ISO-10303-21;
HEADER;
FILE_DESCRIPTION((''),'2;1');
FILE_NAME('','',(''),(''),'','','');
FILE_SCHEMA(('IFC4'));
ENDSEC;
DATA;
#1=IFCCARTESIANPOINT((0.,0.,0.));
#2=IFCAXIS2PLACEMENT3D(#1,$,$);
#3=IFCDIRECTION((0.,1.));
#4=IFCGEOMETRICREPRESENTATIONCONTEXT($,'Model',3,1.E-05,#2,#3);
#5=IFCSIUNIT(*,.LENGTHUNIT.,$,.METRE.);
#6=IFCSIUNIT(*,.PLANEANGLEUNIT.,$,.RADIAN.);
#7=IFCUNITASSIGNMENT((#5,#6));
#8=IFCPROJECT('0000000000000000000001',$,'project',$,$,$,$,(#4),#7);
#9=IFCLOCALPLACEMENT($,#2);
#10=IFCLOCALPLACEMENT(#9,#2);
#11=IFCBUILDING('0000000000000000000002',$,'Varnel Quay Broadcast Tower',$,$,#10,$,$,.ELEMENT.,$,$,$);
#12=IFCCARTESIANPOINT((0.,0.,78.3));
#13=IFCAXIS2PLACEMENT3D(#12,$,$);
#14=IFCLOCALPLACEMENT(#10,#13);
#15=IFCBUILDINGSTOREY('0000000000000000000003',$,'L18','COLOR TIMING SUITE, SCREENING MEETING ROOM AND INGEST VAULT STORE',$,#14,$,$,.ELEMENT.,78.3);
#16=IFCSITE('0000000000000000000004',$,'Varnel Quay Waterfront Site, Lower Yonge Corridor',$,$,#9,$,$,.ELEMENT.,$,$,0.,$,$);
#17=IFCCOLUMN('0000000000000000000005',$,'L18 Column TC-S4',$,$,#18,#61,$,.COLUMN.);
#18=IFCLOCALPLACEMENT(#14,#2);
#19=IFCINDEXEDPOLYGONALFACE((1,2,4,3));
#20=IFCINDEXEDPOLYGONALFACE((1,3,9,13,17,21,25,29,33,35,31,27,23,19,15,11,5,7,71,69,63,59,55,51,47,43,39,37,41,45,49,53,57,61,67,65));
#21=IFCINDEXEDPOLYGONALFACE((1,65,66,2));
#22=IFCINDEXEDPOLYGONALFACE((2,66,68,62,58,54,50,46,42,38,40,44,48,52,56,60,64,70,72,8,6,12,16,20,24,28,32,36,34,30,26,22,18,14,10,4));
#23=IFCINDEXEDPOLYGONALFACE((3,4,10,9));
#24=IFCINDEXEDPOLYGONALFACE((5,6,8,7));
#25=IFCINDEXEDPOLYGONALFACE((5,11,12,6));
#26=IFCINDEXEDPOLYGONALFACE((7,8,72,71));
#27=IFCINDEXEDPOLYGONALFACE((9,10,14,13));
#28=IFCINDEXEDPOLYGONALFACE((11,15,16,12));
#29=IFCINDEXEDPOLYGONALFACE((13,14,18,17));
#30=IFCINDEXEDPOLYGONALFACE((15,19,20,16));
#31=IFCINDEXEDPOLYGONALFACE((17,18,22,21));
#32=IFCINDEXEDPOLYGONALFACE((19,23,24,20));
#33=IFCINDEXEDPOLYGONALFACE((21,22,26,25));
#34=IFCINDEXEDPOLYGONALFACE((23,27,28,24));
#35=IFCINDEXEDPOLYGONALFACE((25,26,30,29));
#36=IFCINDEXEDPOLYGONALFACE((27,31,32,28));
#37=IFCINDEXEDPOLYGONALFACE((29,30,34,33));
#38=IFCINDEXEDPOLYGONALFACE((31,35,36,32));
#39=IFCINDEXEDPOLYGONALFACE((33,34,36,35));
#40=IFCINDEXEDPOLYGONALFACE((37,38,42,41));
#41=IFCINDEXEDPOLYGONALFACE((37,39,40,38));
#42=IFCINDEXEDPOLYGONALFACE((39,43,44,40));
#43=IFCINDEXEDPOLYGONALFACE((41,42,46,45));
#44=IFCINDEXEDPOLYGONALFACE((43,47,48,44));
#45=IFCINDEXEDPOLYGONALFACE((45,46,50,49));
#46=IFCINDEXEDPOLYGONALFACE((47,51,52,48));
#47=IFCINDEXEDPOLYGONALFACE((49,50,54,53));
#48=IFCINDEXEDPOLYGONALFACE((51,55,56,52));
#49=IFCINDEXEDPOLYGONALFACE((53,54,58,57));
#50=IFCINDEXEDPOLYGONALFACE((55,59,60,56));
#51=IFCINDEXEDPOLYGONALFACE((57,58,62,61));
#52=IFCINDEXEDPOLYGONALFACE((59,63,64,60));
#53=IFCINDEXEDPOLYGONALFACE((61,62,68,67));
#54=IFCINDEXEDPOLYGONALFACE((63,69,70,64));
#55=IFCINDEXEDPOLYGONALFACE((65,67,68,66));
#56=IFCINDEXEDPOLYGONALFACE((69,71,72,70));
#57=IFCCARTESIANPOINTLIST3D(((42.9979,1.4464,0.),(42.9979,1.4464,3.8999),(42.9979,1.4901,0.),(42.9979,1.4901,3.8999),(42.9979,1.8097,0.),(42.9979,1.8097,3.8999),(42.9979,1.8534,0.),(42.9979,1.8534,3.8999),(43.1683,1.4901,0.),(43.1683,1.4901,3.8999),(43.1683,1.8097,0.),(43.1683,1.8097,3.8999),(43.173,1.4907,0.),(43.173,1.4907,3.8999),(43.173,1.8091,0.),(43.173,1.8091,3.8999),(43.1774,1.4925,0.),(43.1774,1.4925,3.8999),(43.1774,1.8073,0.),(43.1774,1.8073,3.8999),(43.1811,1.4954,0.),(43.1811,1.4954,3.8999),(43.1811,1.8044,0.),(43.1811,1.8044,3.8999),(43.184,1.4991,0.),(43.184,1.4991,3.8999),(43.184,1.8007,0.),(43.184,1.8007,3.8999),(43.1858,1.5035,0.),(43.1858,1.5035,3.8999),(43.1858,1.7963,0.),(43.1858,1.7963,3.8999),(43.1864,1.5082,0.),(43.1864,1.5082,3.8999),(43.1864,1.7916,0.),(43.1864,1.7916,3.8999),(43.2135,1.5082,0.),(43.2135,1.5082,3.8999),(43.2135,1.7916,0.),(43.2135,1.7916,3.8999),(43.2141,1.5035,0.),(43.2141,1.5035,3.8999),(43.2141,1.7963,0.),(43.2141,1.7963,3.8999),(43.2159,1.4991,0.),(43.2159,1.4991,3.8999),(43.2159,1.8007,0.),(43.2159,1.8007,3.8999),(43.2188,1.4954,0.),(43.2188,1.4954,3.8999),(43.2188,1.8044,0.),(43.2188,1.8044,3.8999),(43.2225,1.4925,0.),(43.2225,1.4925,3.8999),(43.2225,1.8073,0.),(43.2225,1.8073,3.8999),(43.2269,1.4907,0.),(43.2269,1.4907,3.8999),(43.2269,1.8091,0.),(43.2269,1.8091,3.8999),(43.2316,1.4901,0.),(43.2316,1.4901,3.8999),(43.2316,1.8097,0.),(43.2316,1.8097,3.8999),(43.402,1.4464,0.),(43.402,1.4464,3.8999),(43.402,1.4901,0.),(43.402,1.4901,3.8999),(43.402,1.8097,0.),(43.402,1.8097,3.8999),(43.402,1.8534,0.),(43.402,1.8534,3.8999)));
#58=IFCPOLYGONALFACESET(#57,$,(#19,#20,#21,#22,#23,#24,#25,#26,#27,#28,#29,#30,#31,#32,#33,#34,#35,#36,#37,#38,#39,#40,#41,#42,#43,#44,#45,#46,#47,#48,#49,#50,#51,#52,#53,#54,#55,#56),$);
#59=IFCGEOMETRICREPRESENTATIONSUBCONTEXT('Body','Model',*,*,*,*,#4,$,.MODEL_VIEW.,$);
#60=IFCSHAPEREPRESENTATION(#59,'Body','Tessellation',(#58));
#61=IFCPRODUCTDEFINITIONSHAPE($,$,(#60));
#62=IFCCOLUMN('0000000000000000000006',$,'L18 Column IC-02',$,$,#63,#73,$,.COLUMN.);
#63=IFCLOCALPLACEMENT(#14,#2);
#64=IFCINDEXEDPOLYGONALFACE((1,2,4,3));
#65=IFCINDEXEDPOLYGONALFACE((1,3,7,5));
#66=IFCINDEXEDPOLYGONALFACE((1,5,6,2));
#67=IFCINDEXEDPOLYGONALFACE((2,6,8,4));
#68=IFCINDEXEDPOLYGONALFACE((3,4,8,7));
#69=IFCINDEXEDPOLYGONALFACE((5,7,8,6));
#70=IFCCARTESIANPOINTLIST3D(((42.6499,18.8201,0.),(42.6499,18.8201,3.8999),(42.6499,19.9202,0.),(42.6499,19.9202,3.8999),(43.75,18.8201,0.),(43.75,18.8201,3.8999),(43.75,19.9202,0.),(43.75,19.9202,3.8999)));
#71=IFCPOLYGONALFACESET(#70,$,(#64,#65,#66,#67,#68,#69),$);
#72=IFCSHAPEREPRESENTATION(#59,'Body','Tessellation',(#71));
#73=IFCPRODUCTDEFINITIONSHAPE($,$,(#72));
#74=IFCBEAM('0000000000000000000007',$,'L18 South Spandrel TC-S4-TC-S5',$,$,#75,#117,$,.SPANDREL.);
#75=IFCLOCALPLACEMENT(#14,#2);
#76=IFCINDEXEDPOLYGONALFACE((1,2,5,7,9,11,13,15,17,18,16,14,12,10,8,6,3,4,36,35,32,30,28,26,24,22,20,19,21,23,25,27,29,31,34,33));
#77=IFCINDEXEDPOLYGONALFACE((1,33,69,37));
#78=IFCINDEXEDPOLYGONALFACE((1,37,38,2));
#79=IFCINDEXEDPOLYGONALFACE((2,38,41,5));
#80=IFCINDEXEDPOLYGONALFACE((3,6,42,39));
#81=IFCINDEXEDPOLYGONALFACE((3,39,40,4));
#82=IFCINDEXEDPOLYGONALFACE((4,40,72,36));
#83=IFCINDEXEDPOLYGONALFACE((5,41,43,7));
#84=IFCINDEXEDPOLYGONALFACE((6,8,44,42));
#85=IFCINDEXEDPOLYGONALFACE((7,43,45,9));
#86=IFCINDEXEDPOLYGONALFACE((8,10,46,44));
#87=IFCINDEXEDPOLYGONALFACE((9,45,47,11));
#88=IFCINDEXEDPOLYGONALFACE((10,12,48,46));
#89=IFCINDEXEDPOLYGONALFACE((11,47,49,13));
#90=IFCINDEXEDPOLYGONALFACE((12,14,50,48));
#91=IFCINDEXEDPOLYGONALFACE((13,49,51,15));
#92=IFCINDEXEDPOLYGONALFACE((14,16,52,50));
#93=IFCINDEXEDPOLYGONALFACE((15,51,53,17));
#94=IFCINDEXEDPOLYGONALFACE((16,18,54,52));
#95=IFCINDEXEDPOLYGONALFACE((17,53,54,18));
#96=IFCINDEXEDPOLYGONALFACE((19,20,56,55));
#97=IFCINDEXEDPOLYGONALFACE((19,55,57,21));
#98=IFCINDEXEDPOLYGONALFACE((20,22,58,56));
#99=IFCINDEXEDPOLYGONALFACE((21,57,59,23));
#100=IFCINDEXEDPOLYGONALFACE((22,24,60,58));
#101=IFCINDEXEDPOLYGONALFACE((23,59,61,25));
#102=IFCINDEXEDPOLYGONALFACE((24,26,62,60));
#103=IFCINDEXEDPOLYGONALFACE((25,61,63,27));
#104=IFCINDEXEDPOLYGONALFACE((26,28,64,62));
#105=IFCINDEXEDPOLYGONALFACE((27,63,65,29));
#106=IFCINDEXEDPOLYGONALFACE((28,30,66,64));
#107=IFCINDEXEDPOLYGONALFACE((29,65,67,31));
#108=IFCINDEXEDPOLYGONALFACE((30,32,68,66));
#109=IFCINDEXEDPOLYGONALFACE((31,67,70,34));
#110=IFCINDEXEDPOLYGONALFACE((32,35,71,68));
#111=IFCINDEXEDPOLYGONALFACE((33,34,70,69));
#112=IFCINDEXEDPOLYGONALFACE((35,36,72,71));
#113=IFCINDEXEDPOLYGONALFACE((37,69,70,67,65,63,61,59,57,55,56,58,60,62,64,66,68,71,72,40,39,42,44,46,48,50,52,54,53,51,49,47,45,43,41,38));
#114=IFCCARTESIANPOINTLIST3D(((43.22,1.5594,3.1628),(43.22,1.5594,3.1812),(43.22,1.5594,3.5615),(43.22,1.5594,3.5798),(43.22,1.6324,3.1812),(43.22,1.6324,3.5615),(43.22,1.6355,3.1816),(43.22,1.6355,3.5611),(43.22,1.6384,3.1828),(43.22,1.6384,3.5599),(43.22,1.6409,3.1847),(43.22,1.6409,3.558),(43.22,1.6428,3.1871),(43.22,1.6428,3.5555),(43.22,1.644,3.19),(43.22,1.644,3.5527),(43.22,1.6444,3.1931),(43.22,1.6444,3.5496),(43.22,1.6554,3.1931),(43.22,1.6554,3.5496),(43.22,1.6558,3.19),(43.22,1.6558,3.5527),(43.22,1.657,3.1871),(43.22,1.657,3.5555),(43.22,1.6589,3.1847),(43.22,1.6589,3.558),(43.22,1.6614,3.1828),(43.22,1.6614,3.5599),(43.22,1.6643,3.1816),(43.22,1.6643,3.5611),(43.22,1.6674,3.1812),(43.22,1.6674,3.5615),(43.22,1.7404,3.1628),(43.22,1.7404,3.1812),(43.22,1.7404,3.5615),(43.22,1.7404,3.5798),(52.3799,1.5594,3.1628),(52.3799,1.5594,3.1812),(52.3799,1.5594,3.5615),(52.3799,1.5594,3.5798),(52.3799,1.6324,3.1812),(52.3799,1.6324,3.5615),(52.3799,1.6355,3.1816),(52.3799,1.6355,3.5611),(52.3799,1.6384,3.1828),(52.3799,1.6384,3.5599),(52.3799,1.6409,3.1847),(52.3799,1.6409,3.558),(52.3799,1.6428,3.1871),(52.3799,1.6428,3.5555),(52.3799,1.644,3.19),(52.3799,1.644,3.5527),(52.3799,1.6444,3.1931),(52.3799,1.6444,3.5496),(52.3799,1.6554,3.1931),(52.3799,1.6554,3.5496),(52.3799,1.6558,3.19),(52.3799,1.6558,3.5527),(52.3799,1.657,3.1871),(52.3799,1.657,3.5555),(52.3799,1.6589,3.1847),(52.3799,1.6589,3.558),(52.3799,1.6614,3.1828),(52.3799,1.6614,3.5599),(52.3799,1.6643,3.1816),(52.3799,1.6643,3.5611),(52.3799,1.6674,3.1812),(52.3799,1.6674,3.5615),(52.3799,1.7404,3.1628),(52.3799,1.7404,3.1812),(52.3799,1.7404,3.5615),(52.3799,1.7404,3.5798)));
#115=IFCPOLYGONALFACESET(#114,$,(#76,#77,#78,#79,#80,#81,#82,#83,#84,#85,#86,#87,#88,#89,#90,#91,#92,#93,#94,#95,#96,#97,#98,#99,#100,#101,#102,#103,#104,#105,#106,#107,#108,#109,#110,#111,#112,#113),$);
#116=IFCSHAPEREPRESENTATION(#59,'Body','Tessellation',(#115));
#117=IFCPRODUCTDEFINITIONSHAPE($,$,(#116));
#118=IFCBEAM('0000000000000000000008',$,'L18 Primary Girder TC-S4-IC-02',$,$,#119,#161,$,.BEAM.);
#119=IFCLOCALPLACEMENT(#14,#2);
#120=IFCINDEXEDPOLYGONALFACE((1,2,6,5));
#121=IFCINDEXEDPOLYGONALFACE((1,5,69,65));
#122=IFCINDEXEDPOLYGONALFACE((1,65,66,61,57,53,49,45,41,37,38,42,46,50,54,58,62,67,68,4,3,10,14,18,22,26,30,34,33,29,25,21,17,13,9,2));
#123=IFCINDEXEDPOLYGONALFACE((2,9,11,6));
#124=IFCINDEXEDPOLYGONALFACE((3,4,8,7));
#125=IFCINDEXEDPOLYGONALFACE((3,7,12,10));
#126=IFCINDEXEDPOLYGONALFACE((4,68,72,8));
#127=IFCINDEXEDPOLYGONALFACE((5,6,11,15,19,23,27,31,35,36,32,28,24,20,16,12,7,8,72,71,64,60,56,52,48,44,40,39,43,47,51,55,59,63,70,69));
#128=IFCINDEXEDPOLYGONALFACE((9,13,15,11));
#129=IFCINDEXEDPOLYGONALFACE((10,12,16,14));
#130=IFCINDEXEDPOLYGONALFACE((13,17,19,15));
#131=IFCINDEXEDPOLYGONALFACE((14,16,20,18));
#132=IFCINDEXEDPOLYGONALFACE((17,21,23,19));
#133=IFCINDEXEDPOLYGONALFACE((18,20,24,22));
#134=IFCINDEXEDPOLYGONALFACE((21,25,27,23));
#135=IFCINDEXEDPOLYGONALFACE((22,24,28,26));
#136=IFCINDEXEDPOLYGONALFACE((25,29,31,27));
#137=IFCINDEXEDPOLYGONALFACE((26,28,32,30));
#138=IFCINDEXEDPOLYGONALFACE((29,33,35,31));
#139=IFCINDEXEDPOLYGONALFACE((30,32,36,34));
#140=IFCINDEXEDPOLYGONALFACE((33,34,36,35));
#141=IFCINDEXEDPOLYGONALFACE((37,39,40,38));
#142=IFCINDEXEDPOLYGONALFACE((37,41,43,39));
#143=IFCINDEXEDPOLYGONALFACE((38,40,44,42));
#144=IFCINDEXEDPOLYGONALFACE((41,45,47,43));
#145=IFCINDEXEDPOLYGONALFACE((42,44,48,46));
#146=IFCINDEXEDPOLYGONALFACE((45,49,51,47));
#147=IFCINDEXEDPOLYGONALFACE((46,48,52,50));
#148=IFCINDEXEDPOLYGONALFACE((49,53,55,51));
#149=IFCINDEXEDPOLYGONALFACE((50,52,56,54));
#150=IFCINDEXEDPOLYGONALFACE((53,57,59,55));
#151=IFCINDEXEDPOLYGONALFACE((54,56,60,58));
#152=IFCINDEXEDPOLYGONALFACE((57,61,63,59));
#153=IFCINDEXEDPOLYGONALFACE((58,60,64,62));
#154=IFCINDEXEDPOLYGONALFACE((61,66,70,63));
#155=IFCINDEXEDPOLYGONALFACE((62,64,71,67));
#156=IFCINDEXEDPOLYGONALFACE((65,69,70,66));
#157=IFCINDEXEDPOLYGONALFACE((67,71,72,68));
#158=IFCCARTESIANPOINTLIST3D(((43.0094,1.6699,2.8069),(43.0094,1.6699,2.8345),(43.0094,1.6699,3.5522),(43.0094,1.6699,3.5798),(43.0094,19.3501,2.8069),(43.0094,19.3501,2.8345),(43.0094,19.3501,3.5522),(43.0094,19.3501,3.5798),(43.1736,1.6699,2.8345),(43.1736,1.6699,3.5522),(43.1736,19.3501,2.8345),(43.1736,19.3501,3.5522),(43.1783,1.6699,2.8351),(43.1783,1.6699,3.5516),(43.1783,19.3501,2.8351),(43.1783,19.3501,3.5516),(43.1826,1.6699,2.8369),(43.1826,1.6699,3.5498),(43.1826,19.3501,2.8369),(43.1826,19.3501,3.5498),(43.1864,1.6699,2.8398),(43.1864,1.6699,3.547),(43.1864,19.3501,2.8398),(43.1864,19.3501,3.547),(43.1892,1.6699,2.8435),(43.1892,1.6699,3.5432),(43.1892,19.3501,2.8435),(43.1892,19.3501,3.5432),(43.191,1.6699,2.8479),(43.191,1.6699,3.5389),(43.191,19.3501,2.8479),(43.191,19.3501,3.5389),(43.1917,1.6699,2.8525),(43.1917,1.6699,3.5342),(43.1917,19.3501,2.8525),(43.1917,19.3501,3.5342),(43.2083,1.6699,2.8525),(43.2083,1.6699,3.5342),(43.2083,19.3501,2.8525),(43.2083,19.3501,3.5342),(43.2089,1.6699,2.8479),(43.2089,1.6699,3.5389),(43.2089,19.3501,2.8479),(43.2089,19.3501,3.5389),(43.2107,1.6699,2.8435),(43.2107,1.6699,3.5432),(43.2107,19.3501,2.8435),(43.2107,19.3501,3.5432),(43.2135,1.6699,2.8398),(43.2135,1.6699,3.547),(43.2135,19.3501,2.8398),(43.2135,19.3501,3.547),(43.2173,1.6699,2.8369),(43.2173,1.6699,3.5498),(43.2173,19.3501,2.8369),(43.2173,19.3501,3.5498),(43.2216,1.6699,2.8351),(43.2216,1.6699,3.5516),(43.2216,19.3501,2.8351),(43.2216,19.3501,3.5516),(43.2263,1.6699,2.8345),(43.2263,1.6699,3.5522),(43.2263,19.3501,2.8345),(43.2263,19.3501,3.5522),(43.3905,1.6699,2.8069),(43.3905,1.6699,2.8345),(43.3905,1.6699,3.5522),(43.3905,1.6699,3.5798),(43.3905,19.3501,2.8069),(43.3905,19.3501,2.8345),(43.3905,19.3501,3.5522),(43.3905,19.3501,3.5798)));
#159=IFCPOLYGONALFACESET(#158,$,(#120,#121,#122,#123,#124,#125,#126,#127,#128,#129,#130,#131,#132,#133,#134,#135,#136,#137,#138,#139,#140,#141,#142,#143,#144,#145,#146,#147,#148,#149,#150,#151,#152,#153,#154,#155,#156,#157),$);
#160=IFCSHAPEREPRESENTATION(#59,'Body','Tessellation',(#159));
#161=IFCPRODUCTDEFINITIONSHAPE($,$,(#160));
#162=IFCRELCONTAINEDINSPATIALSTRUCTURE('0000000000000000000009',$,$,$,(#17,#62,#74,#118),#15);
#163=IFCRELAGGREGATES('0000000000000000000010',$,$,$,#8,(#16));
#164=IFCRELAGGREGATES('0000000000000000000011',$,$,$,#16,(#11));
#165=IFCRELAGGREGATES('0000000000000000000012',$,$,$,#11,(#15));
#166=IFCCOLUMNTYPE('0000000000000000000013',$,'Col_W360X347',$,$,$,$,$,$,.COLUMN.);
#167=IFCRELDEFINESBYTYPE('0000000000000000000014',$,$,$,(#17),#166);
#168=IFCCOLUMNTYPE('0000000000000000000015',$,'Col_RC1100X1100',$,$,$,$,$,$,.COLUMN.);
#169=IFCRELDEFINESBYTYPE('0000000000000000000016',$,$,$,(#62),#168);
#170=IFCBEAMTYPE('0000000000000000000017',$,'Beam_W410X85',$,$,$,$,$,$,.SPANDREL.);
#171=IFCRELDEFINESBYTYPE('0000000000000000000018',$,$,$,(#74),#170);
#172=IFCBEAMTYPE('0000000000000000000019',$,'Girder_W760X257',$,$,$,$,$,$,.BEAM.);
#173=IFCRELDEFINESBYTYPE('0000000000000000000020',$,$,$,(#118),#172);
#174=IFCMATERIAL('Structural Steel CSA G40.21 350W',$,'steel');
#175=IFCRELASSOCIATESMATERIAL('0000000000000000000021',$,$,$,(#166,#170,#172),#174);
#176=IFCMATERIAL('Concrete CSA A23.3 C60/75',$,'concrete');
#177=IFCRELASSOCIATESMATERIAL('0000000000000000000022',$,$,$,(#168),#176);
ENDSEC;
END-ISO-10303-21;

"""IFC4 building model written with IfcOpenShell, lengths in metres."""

from ifc_helpers import new_model, si_unit, direction, frame, origin, origin_2d, place, context, subcontext, project, spatial, rectangle, i_section, extrude, source, transform, mapped, material, material_profile, profile_set, type_object, type_shapes, element, save


model = new_model("IFC4")

# Units and contexts
model_context = context("Model", 3, precision=1e-05, world=origin(), true_north=direction((0.0, 1.0)))
body_context = subcontext(model_context, "Body", "Model", "MODEL_VIEW")
ifc_project = project(units=[si_unit("LENGTHUNIT", "METRE"), si_unit("PLANEANGLEUNIT", "RADIAN")], contexts=[model_context])

# Site, building, storey
site_placement = place(None, origin())
site = spatial("IfcSite", under=ifc_project, at=site_placement, Name="Varnel Quay Waterfront Site, Lower Yonge Corridor", CompositionType="ELEMENT", RefElevation=0.0)
building_placement = place(site_placement, origin())
building = spatial("IfcBuilding", under=site, at=building_placement, Name="Varnel Quay Broadcast Tower", CompositionType="ELEMENT")
storey_placement = place(building_placement, frame((0.0, 0.0, 78.3)))
storey = spatial("IfcBuildingStorey", under=building, at=storey_placement, Name="L18", Description="COLOR TIMING SUITE, SCREENING MEETING ROOM AND INGEST VAULT STORE", CompositionType="ELEMENT", Elevation=78.3)

# Columns
ifc_material_1 = material(Name="Structural Steel CSA G40.21 350W", Category="steel")
ifc_material_profile_1 = material_profile(ifc_material_1, i_section(OverallWidth=0.4041, OverallDepth=0.407, WebThickness=0.0271, FlangeThickness=0.0437, FilletRadius=0.0181, at=origin_2d()), Name="W360X347")
ifc_profile_set_1 = profile_set([ifc_material_profile_1], Name="Structural Steel CSA G40.21 350W")
column_type_1 = type_object("IfcColumnType", Name="Col_W360X347", PredefinedType="COLUMN", material=ifc_profile_set_1)
shared_shape_1 = source(origin(), body_context, "Body", "SweptSolid", [
    extrude(i_section(OverallWidth=0.4041, OverallDepth=0.407, WebThickness=0.0271, FlangeThickness=0.0437, FilletRadius=0.0181, at=origin_2d()), origin(), (0.0, 0.0, 1.0), 3.8999),
])
type_shapes(column_type_1, [shared_shape_1])
column_1_placement = place(storey_placement, frame((43.2, 1.6499, 0.0), z_axis=(0.0, 0.0, 1.0), x_axis=(1.0, 0.0, 0.0)))
element("IfcColumn", 1, at=column_1_placement, inside=storey, type_object=column_type_1, Name="L18 Column TC-S4", PredefinedType="COLUMN", context=body_context, shape_type="MappedRepresentation", body=[
    mapped(shared_shape_1, transform((0.0, 0.0, 0.0), x_axis=(1.0, 0.0, 0.0), y_axis=(0.0, 1.0, 0.0), z_axis=(0.0, 0.0, 1.0), scale=1.0)),
])
ifc_material_2 = material(Name="Concrete CSA A23.3 C60/75", Category="concrete")
ifc_material_profile_2 = material_profile(ifc_material_2, rectangle(XDim=1.1001, YDim=1.1001, at=origin_2d()), Name="RC1100X1100")
ifc_profile_set_2 = profile_set([ifc_material_profile_2], Name="Concrete CSA A23.3 C60/75")
column_type_2 = type_object("IfcColumnType", Name="Col_RC1100X1100", PredefinedType="COLUMN", material=ifc_profile_set_2)
shared_shape_2 = source(origin(), body_context, "Body", "SweptSolid", [
    extrude(rectangle(XDim=1.1001, YDim=1.1001, at=origin_2d()), origin(), (0.0, 0.0, 1.0), 3.8999),
])
type_shapes(column_type_2, [shared_shape_2])
column_2_placement = place(storey_placement, frame((43.2, 19.3701, 0.0), z_axis=(0.0, 0.0, 1.0), x_axis=(1.0, 0.0, 0.0)))
element("IfcColumn", 2, at=column_2_placement, inside=storey, type_object=column_type_2, Name="L18 Column IC-02", PredefinedType="COLUMN", context=body_context, shape_type="MappedRepresentation", body=[
    mapped(shared_shape_2, transform((0.0, 0.0, 0.0), x_axis=(1.0, 0.0, 0.0), y_axis=(0.0, 1.0, 0.0), z_axis=(0.0, 0.0, 1.0), scale=1.0)),
])

# Beams
ifc_material_profile_3 = material_profile(ifc_material_1, i_section(OverallWidth=0.1809, OverallDepth=0.417, WebThickness=0.011, FlangeThickness=0.0183, FilletRadius=0.012, at=origin_2d()), Name="W410X85")
ifc_profile_set_3 = profile_set([ifc_material_profile_3], Name="Structural Steel CSA G40.21 350W")
beam_type_1 = type_object("IfcBeamType", Name="Beam_W410X85", PredefinedType="SPANDREL", material=ifc_profile_set_3)
shared_shape_3 = source(origin(), body_context, "Body", "SweptSolid", [
    extrude(i_section(OverallWidth=0.1809, OverallDepth=0.417, WebThickness=0.011, FlangeThickness=0.0183, FilletRadius=0.012, at=origin_2d()), origin(), (0.0, 0.0, 1.0), 9.1599),
])
type_shapes(beam_type_1, [shared_shape_3])
beam_1_placement = place(storey_placement, frame((43.22, 1.6499, 3.3713), z_axis=(1.0, 0.0, 0.0), x_axis=(0.0, 1.0, 0.0)))
element("IfcBeam", 3, at=beam_1_placement, inside=storey, type_object=beam_type_1, Name="L18 South Spandrel TC-S4-TC-S5", PredefinedType="SPANDREL", context=body_context, shape_type="MappedRepresentation", body=[
    mapped(shared_shape_3, transform((0.0, 0.0, 0.0), x_axis=(1.0, 0.0, 0.0), y_axis=(0.0, 1.0, 0.0), z_axis=(0.0, 0.0, 1.0), scale=1.0)),
])
ifc_material_profile_4 = material_profile(ifc_material_1, i_section(OverallWidth=0.3811, OverallDepth=0.7729, WebThickness=0.0166, FlangeThickness=0.0276, FilletRadius=0.0181, at=origin_2d()), Name="W760X257")
ifc_profile_set_4 = profile_set([ifc_material_profile_4], Name="Structural Steel CSA G40.21 350W")
beam_type_2 = type_object("IfcBeamType", Name="Girder_W760X257", PredefinedType="BEAM", material=ifc_profile_set_4)
shared_shape_4 = source(origin(), body_context, "Body", "SweptSolid", [
    extrude(i_section(OverallWidth=0.3811, OverallDepth=0.7729, WebThickness=0.0166, FlangeThickness=0.0276, FilletRadius=0.0181, at=origin_2d()), origin(), (0.0, 0.0, 1.0), 17.6802),
])
beam_2_placement = place(storey_placement, frame((43.2, 1.6699, 3.1934), z_axis=(0.0, 1.0, 0.0), x_axis=(-1.0, 0.0, 0.0)))
element("IfcBeam", 4, at=beam_2_placement, inside=storey, type_object=beam_type_2, Name="L18 Primary Girder TC-S4-IC-02", PredefinedType="BEAM", context=body_context, shape_type="MappedRepresentation", body=[
    mapped(shared_shape_4, transform((0.0, 0.0, 0.0), x_axis=(1.0, 0.0, 0.0), y_axis=(0.0, 1.0, 0.0), z_axis=(0.0, 0.0, 1.0), scale=1.0)),
])

save(model, "model.ifc")
